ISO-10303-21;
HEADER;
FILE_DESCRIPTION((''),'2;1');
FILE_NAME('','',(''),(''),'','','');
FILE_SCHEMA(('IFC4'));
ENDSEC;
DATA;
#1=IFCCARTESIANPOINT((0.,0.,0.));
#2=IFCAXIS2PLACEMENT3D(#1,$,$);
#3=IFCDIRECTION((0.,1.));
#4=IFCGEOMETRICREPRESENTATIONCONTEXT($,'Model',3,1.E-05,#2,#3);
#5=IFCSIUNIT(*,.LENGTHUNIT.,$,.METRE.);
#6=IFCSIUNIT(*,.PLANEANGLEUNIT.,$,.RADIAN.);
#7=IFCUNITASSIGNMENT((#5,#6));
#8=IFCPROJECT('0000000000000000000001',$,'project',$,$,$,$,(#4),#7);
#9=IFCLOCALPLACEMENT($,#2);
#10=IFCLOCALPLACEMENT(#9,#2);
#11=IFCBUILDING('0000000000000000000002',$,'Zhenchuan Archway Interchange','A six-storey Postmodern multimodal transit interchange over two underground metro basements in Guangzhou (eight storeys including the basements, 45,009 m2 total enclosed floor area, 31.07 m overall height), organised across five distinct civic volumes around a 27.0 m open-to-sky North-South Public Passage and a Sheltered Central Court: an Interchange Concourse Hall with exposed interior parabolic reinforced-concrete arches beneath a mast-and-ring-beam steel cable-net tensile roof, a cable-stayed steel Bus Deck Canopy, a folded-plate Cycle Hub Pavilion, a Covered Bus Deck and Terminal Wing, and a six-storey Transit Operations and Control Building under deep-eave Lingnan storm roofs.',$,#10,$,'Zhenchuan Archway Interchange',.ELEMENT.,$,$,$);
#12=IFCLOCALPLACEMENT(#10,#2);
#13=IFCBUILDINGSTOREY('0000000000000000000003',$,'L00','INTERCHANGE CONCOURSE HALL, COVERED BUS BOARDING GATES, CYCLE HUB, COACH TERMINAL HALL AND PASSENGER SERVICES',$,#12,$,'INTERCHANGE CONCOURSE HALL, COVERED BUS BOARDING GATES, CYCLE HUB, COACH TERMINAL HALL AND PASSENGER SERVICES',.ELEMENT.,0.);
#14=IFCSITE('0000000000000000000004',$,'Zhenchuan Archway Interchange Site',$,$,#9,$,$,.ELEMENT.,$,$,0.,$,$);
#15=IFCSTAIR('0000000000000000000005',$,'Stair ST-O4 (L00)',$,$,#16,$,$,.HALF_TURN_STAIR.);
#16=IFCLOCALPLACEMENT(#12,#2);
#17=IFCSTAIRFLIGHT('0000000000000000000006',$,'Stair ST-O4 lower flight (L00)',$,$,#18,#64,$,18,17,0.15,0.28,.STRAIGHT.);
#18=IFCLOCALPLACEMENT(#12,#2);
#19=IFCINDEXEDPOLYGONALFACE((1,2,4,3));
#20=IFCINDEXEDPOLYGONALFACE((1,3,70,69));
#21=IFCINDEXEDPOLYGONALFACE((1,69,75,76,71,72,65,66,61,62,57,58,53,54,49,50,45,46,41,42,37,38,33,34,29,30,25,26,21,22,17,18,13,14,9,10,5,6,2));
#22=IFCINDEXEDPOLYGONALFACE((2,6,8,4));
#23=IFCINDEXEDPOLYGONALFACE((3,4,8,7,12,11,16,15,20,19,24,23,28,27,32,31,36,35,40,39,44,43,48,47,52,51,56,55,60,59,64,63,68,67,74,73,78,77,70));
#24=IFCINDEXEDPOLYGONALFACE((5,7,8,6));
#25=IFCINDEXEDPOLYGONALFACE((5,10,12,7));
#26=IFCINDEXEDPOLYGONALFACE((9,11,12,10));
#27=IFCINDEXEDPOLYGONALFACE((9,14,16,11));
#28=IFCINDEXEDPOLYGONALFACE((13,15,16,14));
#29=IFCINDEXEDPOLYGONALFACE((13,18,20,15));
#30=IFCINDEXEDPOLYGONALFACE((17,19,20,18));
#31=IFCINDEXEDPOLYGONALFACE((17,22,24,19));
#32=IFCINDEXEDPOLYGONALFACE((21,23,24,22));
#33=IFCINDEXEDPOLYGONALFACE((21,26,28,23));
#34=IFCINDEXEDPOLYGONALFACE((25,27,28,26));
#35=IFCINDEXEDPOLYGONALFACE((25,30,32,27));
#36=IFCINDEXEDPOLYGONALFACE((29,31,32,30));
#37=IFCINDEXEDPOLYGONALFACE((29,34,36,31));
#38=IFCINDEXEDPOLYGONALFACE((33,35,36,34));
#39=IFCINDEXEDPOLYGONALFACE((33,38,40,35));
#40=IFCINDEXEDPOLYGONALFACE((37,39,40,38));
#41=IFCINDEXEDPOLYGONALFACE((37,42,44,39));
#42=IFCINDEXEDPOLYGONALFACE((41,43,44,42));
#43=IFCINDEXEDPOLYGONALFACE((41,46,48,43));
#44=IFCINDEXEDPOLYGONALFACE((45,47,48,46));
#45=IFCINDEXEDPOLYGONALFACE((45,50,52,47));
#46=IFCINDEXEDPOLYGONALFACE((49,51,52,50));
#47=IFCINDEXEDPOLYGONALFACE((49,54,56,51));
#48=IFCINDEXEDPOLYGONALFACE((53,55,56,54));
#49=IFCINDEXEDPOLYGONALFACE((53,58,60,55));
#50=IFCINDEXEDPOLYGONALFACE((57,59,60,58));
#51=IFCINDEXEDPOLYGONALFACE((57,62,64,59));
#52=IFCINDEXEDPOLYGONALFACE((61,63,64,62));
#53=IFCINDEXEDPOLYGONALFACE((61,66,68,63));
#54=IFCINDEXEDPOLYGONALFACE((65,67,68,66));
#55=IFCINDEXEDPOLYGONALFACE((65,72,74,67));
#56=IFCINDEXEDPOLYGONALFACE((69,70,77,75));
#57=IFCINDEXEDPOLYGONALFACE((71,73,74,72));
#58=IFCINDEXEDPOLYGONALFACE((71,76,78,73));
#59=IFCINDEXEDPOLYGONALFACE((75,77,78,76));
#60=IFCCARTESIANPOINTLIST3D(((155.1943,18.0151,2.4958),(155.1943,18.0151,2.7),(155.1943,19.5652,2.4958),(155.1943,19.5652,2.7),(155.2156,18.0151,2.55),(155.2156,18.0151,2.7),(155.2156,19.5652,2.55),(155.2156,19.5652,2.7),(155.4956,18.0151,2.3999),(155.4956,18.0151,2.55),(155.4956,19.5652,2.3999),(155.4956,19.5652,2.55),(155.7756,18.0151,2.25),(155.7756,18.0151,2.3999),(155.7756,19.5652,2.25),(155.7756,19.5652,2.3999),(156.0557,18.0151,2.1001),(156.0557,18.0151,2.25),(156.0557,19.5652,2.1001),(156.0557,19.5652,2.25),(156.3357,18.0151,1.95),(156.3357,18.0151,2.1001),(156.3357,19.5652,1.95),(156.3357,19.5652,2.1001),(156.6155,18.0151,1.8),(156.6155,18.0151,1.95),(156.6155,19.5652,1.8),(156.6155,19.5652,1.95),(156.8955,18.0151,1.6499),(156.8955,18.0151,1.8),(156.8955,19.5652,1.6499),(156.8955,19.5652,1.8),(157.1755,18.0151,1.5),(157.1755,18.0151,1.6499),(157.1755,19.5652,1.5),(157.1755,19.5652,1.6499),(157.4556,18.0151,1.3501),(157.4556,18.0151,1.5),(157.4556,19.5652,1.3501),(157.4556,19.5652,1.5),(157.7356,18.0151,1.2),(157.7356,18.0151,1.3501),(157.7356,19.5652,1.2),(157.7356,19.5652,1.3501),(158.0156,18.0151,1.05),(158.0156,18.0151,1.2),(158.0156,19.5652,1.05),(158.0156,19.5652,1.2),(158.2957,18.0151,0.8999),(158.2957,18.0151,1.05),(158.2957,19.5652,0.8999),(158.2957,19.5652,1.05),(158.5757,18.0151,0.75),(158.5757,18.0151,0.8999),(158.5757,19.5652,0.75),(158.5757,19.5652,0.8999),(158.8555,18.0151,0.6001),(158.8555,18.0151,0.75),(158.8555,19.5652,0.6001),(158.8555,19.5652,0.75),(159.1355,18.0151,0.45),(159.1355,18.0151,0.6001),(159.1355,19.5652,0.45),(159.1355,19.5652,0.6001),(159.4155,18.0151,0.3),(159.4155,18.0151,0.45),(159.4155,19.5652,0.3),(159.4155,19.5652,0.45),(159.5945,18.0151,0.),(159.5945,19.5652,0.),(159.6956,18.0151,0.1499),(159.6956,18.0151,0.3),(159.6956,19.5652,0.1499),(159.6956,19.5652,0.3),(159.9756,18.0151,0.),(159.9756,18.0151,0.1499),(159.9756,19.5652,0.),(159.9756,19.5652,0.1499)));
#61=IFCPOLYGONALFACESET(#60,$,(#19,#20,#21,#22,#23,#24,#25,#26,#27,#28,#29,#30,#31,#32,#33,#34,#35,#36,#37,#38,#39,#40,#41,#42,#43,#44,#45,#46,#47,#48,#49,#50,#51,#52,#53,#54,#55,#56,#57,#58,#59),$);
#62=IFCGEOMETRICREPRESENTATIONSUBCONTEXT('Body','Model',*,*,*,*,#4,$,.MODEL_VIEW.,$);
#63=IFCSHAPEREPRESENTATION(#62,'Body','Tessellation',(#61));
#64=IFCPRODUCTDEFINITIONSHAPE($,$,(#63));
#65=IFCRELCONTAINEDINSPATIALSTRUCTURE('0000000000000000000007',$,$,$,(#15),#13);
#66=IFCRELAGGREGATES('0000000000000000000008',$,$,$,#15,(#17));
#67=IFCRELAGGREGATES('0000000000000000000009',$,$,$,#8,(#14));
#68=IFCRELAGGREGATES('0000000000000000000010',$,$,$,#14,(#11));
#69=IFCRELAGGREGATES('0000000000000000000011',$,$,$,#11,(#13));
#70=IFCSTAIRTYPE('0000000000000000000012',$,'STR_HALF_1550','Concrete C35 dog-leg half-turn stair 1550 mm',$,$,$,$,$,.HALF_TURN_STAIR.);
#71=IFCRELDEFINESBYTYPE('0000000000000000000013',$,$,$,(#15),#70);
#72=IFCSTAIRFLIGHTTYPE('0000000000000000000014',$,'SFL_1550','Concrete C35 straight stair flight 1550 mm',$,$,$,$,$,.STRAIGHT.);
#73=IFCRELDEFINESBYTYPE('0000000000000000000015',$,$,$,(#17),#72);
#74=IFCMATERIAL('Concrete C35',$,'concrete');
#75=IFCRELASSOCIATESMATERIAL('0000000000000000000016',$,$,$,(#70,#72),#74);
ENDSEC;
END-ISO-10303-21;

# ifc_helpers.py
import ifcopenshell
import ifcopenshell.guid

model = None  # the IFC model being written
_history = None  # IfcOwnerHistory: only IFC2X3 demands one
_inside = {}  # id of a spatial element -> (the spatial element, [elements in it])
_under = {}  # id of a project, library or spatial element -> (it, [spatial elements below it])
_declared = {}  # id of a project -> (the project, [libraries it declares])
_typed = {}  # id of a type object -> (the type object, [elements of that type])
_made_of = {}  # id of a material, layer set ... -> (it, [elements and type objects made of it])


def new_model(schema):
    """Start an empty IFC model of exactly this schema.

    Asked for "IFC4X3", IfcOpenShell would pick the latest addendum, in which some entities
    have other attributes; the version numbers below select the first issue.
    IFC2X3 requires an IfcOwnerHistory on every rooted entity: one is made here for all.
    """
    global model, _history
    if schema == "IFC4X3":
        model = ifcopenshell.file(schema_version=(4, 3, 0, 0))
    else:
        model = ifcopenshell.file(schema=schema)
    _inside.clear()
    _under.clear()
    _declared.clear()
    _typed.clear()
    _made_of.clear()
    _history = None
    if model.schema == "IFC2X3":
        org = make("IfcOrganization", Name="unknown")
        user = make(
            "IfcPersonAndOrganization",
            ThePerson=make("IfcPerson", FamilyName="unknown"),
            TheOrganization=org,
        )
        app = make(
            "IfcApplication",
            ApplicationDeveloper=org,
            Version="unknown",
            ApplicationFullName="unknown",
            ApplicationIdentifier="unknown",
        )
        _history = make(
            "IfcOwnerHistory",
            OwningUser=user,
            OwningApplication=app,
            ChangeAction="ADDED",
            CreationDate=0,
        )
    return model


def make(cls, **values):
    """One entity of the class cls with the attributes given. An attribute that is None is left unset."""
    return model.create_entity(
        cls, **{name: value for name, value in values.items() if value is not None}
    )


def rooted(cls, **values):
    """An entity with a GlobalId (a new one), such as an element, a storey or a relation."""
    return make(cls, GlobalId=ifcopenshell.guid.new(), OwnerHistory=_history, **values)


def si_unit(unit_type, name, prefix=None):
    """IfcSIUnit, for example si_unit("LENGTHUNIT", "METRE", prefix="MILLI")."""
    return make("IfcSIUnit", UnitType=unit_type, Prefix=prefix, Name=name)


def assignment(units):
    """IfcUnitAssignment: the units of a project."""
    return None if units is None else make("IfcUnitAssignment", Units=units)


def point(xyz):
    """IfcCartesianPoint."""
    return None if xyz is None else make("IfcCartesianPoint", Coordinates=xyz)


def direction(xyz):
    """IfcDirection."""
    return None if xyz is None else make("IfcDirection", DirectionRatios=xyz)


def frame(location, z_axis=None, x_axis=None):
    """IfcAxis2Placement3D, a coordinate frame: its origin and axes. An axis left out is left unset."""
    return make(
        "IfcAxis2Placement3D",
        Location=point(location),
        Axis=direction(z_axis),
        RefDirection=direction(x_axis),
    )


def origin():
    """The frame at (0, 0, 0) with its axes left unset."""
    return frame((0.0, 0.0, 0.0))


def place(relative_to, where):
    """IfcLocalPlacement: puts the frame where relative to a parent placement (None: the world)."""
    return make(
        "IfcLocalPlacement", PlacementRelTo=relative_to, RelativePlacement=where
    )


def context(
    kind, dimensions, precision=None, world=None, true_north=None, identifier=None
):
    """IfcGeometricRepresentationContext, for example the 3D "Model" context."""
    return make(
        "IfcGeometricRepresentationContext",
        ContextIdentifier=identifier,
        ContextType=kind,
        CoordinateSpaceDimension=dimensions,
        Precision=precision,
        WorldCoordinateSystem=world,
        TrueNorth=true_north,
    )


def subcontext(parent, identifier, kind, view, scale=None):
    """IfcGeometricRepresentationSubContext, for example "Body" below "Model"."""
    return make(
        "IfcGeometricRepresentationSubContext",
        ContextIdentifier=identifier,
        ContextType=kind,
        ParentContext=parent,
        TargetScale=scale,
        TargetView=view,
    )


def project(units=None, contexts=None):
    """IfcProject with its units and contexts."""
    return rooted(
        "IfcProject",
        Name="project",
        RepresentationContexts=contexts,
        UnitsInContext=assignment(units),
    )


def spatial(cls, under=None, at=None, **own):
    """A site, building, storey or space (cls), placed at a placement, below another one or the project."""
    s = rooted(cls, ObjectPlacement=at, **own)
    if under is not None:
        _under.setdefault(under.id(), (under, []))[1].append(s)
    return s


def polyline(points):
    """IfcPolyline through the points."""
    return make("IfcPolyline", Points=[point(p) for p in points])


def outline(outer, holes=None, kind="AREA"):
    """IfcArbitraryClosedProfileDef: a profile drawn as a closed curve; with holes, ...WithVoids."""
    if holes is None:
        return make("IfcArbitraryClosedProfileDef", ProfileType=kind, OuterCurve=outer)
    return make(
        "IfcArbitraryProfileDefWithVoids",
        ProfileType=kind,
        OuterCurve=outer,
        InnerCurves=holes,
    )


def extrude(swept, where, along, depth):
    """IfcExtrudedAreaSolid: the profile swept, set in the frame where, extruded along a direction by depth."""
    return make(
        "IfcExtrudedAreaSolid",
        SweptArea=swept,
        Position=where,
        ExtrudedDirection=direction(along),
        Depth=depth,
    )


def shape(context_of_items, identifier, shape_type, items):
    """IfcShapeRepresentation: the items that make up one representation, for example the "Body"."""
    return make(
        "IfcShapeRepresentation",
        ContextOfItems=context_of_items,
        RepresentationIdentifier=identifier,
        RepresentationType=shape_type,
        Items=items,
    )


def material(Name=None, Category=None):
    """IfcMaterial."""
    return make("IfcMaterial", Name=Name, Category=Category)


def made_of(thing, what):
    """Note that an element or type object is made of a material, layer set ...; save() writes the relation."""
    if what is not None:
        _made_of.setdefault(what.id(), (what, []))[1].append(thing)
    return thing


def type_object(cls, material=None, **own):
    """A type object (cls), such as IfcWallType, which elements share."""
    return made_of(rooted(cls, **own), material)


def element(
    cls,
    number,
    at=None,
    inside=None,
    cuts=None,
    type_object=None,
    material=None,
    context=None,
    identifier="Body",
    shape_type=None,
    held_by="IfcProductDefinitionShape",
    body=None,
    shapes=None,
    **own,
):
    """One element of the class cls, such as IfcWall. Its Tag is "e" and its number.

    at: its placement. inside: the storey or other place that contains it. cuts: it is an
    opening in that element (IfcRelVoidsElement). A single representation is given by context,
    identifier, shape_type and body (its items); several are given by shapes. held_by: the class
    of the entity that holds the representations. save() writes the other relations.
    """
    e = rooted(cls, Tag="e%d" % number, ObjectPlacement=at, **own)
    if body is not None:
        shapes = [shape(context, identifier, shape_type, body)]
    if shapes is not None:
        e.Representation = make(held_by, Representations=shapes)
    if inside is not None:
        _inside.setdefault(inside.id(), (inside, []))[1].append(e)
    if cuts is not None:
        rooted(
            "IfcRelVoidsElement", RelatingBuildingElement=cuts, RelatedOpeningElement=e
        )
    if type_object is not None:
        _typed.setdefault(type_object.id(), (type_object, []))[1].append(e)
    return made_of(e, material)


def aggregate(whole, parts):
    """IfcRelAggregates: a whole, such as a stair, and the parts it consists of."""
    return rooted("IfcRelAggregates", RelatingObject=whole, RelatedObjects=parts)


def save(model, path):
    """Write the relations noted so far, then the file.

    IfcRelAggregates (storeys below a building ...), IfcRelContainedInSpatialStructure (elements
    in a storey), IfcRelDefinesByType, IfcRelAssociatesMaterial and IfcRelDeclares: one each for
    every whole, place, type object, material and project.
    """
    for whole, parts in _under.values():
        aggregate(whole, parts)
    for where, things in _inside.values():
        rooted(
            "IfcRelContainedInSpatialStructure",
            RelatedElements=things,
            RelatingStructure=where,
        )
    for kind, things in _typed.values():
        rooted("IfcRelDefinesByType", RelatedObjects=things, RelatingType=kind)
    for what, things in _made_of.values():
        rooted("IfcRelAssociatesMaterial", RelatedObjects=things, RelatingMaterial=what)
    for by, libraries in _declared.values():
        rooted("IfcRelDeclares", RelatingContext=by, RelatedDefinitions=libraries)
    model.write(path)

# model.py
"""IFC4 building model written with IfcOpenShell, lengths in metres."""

from ifc_helpers import new_model, si_unit, direction, frame, origin, place, context, subcontext, project, spatial, polyline, outline, extrude, material, type_object, element, aggregate, save


model = new_model("IFC4")

# Units and contexts
model_context = context("Model", 3, precision=1e-05, world=origin(), true_north=direction((0.0, 1.0)))
body_context = subcontext(model_context, "Body", "Model", "MODEL_VIEW")
ifc_project = project(units=[si_unit("LENGTHUNIT", "METRE"), si_unit("PLANEANGLEUNIT", "RADIAN")], contexts=[model_context])

# Site, building, storey
site_placement = place(None, origin())
site = spatial("IfcSite", under=ifc_project, at=site_placement, Name="Zhenchuan Archway Interchange Site", CompositionType="ELEMENT", RefElevation=0.0)
building_placement = place(site_placement, origin())
building = spatial("IfcBuilding", under=site, at=building_placement, Name="Zhenchuan Archway Interchange", Description="A six-storey Postmodern multimodal transit interchange over two underground metro basements in Guangzhou (eight storeys including the basements, 45,009 m2 total enclosed floor area, 31.07 m overall height), organised across five distinct civic volumes around a 27.0 m open-to-sky North-South Public Passage and a Sheltered Central Court: an Interchange Concourse Hall with exposed interior parabolic reinforced-concrete arches beneath a mast-and-ring-beam steel cable-net tensile roof, a cable-stayed steel Bus Deck Canopy, a folded-plate Cycle Hub Pavilion, a Covered Bus Deck and Terminal Wing, and a six-storey Transit Operations and Control Building under deep-eave Lingnan storm roofs.", LongName="Zhenchuan Archway Interchange", CompositionType="ELEMENT")
storey_placement = place(building_placement, origin())
storey = spatial("IfcBuildingStorey", under=building, at=storey_placement, Name="L00", Description="INTERCHANGE CONCOURSE HALL, COVERED BUS BOARDING GATES, CYCLE HUB, COACH TERMINAL HALL AND PASSENGER SERVICES", LongName="INTERCHANGE CONCOURSE HALL, COVERED BUS BOARDING GATES, CYCLE HUB, COACH TERMINAL HALL AND PASSENGER SERVICES", CompositionType="ELEMENT", Elevation=0.0)

# Shared definitions
ifc_material_1 = material(Name="Concrete C35", Category="concrete")

# Stair, stair flight
stair_type = type_object("IfcStairType", Name="STR_HALF_1550", Description="Concrete C35 dog-leg half-turn stair 1550 mm", PredefinedType="HALF_TURN_STAIR", material=ifc_material_1)
stair_placement = place(storey_placement, origin())
stair = element("IfcStair", 1, at=stair_placement, inside=storey, type_object=stair_type, Name="Stair ST-O4 (L00)", PredefinedType="HALF_TURN_STAIR")
stair_flight_type = type_object("IfcStairFlightType", Name="SFL_1550", Description="Concrete C35 straight stair flight 1550 mm", PredefinedType="STRAIGHT", material=ifc_material_1)
stair_flight_placement = place(storey_placement, frame((159.9756, 18.79, 0.0), z_axis=(0.0, 0.0, 1.0), x_axis=(-1.0, 0.0, 0.0)))
stair_flight = element("IfcStairFlight", 2, at=stair_flight_placement, type_object=stair_flight_type, Name="Stair ST-O4 lower flight (L00)", NumberOfRisers=18, NumberOfTreads=17, PredefinedType="STRAIGHT", RiserHeight=0.15, TreadLength=0.28, context=body_context, shape_type="SweptSolid", body=[
    extrude(outline(polyline([(0.0, 0.0), (0.0, 0.1499), (0.28, 0.1499), (0.28, 0.3), (0.5601, 0.3), (0.5601, 0.45), (0.8401, 0.45), (0.8401, 0.6001), (1.1201, 0.6001), (1.1201, 0.75), (1.3999, 0.75), (1.3999, 0.8999), (1.6799, 0.8999), (1.6799, 1.05), (1.96, 1.05), (1.96, 1.2), (2.24, 1.2), (2.24, 1.3501), (2.52, 1.3501), (2.52, 1.5), (2.8, 1.5), (2.8, 1.6499), (3.0801, 1.6499), (3.0801, 1.8), (3.3601, 1.8), (3.3601, 1.95), (3.6399, 1.95), (3.6399, 2.1001), (3.9199, 2.1001), (3.9199, 2.25), (4.2, 2.25), (4.2, 2.3999), (4.48, 2.3999), (4.48, 2.55), (4.76, 2.55), (4.76, 2.7), (4.7812, 2.7), (4.7812, 2.4958), (0.3811, 0.0), (0.0, 0.0)])), frame((0.0, 0.7749, 0.0), z_axis=(0.0, -1.0, 0.0), x_axis=(1.0, 0.0, 0.0)), (0.0, 0.0, 1.0), 1.55),
])
aggregate(stair, [stair_flight])

save(model, "model.ifc")
